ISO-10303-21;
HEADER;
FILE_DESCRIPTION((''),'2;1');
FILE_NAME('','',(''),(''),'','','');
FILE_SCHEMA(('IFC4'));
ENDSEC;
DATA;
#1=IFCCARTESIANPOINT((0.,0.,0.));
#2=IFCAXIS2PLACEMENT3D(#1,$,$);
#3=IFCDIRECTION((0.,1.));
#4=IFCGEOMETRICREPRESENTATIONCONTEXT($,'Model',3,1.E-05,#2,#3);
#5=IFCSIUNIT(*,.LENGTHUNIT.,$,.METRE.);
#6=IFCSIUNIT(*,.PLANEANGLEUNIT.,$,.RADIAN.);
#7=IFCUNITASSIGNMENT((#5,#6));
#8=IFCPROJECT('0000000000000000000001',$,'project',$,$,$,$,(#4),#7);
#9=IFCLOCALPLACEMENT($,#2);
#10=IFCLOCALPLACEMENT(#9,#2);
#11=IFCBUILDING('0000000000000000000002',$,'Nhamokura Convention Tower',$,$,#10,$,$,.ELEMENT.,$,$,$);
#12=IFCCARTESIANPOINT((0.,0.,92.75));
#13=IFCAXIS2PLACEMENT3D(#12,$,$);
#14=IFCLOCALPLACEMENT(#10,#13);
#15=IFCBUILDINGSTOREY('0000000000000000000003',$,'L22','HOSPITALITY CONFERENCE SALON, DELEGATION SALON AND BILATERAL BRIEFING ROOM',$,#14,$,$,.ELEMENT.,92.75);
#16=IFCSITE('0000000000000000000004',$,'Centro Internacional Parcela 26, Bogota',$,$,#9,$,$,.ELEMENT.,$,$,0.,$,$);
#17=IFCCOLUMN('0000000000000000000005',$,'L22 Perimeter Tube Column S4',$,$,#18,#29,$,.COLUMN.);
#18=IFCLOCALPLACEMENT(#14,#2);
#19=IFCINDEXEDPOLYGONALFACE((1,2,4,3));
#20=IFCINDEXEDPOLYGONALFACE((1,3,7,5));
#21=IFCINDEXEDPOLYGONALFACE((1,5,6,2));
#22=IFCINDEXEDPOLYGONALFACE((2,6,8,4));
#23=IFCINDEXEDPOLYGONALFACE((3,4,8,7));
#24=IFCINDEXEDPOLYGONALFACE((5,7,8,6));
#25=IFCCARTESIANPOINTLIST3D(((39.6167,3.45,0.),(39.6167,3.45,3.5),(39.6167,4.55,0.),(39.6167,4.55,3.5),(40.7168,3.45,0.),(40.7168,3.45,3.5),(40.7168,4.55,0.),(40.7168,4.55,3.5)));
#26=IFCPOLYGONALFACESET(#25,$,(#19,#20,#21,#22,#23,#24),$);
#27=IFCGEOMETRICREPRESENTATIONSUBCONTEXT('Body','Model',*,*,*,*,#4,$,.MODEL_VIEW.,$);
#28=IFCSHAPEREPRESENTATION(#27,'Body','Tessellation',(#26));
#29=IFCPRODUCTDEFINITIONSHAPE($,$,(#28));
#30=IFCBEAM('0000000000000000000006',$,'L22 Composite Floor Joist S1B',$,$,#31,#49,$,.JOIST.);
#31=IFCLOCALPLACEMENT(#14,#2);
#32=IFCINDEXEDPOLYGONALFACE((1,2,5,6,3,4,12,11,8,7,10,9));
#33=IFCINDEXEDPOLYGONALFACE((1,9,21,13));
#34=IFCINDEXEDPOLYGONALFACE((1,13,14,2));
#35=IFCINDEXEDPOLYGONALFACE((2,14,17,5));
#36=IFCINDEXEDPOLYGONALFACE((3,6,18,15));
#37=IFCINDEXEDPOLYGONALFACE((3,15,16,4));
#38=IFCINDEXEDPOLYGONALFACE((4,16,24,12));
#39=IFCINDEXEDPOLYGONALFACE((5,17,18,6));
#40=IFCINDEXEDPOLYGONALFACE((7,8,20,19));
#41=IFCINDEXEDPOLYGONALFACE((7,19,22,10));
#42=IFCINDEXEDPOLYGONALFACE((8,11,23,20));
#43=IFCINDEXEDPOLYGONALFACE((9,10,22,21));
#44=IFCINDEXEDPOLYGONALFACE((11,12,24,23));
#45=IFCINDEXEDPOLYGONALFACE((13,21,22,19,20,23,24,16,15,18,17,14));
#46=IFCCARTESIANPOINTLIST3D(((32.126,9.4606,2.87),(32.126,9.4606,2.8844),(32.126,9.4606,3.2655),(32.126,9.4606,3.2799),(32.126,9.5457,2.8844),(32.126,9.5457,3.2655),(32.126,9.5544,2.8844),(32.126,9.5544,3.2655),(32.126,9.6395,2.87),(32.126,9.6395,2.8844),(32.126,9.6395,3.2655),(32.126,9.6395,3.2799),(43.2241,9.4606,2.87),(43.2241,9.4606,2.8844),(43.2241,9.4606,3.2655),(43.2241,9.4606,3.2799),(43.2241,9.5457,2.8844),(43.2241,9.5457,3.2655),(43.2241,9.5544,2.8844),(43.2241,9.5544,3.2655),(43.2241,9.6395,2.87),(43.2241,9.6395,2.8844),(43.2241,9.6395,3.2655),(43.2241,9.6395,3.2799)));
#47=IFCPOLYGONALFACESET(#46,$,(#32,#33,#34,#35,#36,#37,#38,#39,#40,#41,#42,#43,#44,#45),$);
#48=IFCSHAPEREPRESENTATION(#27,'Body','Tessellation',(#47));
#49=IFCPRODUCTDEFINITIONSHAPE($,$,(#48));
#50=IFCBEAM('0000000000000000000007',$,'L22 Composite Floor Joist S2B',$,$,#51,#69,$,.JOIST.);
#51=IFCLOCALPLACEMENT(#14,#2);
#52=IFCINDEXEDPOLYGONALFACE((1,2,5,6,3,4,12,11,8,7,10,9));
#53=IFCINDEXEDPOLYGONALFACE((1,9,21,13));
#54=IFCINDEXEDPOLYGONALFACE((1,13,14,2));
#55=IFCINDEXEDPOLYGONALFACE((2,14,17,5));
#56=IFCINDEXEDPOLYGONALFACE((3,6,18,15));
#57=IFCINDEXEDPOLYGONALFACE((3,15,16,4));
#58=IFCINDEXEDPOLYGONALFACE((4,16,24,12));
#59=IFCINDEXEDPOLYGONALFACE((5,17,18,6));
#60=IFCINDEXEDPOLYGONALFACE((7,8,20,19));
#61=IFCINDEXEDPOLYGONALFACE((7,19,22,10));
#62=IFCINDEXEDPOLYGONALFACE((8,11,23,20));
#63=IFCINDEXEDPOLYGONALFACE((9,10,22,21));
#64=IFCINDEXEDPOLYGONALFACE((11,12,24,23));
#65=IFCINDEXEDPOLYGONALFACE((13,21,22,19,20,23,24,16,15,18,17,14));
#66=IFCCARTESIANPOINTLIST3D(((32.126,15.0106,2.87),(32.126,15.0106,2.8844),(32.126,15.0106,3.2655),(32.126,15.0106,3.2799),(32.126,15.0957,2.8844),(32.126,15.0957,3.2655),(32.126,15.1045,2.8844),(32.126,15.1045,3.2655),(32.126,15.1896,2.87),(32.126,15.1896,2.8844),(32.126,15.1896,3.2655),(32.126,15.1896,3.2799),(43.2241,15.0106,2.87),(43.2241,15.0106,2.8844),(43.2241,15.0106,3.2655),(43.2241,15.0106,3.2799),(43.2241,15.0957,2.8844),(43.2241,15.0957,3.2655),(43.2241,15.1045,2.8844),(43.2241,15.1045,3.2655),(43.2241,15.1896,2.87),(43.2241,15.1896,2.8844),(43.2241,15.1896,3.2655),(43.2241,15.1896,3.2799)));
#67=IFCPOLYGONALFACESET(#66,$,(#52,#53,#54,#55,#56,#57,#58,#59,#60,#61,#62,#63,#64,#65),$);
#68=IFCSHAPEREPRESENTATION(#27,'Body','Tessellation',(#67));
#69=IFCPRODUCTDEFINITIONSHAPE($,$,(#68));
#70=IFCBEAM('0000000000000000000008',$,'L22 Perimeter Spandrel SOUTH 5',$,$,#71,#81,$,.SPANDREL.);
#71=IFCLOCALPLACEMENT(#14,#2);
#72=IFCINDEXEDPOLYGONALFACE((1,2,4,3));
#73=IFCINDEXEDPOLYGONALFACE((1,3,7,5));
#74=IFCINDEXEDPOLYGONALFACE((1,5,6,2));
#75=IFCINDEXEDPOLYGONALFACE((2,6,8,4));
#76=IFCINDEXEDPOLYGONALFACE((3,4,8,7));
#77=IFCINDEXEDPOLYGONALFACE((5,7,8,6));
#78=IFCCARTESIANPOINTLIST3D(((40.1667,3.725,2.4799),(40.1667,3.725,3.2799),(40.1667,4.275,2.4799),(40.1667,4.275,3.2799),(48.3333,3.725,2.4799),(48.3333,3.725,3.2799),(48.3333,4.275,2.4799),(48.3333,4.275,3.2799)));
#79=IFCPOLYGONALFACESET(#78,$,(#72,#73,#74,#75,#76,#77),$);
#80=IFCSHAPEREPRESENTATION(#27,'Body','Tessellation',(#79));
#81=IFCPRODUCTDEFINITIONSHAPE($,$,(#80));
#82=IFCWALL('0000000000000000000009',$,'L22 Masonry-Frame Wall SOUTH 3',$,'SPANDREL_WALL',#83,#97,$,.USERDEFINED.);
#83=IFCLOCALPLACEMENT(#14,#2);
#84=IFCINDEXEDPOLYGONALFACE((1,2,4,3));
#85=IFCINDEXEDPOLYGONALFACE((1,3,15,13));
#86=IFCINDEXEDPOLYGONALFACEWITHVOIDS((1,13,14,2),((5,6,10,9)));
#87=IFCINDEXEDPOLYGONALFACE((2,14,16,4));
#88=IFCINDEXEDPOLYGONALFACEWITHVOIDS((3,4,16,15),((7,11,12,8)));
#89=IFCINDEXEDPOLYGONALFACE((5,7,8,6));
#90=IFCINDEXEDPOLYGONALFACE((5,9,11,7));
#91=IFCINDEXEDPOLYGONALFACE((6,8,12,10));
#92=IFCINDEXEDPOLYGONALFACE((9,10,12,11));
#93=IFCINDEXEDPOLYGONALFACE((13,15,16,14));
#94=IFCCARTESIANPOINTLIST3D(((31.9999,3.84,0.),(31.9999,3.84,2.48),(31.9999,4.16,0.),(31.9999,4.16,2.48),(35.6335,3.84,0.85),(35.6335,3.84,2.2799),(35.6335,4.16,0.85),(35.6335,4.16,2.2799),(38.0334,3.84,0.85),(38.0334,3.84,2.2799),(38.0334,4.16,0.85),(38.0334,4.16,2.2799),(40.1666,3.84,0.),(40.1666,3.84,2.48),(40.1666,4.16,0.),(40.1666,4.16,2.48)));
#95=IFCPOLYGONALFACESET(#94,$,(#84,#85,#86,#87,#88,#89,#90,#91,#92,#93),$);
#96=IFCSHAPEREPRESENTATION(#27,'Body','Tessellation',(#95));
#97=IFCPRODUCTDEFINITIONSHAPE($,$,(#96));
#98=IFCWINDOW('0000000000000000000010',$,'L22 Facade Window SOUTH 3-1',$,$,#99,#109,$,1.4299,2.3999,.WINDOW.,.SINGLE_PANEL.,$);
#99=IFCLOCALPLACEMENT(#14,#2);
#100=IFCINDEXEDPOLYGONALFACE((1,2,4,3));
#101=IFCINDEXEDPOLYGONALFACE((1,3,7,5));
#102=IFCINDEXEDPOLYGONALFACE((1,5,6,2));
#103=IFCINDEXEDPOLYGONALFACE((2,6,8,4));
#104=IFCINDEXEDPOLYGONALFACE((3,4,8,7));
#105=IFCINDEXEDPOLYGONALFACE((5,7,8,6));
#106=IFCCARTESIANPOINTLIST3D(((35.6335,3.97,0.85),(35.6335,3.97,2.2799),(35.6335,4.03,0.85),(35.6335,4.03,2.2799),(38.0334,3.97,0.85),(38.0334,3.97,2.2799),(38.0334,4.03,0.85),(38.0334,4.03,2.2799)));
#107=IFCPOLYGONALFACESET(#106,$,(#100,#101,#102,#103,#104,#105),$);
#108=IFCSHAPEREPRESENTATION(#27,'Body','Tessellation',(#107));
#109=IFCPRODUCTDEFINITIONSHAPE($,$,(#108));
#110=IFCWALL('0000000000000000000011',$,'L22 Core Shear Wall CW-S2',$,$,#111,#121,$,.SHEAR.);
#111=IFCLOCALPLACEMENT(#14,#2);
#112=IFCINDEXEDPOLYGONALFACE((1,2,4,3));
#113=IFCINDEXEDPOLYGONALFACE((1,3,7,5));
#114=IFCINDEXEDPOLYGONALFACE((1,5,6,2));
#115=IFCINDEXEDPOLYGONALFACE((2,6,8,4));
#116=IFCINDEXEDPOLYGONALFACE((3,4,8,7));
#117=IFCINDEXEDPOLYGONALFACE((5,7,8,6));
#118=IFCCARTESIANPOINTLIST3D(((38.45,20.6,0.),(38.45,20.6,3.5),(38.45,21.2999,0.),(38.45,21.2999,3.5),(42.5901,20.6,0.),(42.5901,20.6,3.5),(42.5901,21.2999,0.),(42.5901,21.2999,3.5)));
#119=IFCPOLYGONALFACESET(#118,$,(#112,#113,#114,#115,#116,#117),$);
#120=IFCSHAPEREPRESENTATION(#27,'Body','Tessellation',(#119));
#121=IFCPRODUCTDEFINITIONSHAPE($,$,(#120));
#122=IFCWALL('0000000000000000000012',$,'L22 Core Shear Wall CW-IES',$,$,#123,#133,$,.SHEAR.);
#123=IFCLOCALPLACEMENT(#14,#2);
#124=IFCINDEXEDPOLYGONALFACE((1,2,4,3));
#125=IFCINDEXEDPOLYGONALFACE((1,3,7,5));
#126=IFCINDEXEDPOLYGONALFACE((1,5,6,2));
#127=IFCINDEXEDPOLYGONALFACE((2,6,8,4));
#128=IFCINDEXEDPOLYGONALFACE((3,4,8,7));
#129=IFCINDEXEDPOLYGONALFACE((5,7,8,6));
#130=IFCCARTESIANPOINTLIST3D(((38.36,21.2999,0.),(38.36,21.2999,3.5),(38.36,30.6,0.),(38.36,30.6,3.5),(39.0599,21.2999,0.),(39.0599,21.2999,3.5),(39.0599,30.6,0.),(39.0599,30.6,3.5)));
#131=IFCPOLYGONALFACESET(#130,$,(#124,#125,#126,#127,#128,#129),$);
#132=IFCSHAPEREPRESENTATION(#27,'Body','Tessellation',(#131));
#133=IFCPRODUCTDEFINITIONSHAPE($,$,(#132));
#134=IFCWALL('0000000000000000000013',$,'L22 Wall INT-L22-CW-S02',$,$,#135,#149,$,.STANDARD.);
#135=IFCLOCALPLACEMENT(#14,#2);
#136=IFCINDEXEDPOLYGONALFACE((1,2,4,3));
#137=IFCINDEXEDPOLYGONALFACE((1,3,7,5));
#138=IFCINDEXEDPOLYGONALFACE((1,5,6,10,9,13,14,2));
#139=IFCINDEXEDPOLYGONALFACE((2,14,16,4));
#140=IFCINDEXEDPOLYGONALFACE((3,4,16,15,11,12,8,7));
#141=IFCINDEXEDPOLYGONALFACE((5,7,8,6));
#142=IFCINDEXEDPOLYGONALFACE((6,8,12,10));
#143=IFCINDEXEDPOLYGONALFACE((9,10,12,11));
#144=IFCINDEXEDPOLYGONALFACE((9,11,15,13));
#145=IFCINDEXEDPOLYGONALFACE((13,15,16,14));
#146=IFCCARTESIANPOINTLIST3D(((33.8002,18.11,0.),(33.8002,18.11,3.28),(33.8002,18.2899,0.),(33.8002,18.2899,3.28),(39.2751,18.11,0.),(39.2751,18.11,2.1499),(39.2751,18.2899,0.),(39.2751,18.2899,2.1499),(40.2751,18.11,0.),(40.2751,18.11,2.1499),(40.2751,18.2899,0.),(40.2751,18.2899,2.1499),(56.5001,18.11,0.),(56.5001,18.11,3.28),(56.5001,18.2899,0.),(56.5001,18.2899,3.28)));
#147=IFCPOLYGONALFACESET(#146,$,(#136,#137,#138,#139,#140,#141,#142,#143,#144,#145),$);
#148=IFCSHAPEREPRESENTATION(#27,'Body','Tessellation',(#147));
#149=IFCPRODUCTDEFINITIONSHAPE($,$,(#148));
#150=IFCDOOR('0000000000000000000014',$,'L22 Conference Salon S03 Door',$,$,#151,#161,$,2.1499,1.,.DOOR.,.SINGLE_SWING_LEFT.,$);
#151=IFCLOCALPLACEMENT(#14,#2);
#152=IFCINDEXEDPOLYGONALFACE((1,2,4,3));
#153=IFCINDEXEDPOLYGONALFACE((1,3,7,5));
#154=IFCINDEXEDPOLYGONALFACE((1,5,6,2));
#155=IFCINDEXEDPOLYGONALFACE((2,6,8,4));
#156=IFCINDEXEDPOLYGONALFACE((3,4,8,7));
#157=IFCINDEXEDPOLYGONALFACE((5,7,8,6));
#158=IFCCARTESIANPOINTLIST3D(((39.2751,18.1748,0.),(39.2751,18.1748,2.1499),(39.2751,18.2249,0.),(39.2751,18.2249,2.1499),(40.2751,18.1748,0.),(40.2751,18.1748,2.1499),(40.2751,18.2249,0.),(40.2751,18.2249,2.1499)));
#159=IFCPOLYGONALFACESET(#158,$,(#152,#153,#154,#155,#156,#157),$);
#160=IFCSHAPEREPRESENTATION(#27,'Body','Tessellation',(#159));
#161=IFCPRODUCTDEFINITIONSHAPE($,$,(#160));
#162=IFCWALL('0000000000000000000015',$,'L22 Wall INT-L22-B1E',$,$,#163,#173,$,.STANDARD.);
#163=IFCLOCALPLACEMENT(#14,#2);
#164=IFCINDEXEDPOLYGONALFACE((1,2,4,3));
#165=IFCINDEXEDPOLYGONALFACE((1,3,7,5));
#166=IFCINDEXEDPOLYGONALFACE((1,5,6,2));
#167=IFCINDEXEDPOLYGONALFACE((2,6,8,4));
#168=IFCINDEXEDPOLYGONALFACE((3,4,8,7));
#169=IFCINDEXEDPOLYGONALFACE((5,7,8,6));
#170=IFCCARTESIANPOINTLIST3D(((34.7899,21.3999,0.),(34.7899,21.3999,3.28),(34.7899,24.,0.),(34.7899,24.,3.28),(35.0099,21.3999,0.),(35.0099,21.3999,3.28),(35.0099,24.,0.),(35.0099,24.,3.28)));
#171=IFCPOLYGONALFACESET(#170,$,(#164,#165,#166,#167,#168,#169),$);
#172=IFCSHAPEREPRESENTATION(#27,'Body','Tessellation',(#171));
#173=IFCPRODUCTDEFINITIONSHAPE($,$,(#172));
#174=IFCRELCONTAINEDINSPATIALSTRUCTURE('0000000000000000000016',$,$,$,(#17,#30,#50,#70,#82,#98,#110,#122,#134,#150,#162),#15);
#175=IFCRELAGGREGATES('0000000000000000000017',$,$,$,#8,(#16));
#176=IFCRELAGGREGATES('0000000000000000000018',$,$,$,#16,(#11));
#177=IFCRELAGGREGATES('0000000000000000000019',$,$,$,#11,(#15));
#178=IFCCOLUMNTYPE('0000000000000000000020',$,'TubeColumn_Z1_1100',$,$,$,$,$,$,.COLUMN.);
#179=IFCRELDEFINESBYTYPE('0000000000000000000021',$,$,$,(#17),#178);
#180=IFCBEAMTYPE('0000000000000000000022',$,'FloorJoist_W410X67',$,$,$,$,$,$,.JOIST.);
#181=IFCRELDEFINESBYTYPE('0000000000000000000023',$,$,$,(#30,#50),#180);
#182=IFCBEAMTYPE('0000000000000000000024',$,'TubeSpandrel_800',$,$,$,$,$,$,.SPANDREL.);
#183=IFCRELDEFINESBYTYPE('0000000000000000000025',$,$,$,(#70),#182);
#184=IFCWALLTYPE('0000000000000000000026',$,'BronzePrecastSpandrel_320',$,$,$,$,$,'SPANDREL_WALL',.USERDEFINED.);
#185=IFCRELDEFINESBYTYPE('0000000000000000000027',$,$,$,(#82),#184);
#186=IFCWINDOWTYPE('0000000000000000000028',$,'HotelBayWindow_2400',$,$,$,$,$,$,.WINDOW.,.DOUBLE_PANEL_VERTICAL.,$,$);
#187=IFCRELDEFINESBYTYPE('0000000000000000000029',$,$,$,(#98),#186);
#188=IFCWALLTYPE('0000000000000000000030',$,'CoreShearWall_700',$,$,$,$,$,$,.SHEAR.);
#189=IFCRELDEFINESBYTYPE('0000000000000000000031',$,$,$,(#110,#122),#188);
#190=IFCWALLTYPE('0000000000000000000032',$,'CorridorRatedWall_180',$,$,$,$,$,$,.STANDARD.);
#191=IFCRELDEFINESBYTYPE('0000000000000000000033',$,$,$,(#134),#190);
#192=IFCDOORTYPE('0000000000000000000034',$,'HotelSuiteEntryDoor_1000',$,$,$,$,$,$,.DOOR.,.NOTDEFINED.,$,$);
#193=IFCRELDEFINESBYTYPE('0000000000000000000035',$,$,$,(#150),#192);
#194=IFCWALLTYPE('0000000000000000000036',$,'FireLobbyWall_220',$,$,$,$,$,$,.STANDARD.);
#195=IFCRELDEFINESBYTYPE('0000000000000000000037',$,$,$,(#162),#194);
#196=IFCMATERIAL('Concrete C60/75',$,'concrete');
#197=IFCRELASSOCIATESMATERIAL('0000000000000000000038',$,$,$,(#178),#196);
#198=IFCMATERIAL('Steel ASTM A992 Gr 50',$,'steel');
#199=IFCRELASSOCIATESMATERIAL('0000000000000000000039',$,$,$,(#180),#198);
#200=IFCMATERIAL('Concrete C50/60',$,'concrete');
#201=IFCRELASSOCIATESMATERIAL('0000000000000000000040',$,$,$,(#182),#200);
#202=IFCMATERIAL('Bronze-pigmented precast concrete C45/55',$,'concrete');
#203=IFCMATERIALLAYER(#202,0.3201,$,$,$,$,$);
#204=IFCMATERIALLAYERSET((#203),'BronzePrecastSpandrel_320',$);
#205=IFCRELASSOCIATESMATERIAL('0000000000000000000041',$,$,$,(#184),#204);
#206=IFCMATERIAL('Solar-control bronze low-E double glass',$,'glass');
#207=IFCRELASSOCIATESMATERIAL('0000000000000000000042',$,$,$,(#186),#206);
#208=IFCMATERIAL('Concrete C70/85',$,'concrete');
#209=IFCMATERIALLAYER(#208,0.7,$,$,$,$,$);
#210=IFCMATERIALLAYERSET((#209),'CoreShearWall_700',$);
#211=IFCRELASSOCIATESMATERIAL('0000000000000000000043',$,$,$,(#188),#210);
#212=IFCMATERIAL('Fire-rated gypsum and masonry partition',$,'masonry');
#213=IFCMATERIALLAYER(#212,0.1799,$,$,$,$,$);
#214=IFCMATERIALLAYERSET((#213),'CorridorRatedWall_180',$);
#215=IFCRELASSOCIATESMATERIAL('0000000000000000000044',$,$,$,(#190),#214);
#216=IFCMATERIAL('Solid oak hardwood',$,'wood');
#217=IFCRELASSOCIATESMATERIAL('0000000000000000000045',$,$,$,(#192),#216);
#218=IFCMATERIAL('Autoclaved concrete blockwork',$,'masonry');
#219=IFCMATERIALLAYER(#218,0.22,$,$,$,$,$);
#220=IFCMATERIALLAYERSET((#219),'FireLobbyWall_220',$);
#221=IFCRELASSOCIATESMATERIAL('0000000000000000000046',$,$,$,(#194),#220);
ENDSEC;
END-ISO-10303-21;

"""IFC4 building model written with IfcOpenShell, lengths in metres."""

from ifc_helpers import new_model, si_unit, direction, frame, frame_2d, origin, origin_2d, place, context, subcontext, project, spatial, rectangle, i_section, extrude, material, layer, layer_set, material_profile, profile_set, type_object, element, fill, save


model = new_model("IFC4")

# Units and contexts
model_context = context("Model", 3, precision=1e-05, world=origin(), true_north=direction((0.0, 1.0)))
body_context = subcontext(model_context, "Body", "Model", "MODEL_VIEW")
ifc_project = project(units=[si_unit("LENGTHUNIT", "METRE"), si_unit("PLANEANGLEUNIT", "RADIAN")], contexts=[model_context])

# Site, building, storey
site_placement = place(None, origin())
site = spatial("IfcSite", under=ifc_project, at=site_placement, Name="Centro Internacional Parcela 26, Bogota", CompositionType="ELEMENT", RefElevation=0.0)
building_placement = place(site_placement, origin())
building = spatial("IfcBuilding", under=site, at=building_placement, Name="Nhamokura Convention Tower", CompositionType="ELEMENT")
storey_placement = place(building_placement, frame((0.0, 0.0, 92.75)))
storey = spatial("IfcBuildingStorey", under=building, at=storey_placement, Name="L22", Description="HOSPITALITY CONFERENCE SALON, DELEGATION SALON AND BILATERAL BRIEFING ROOM", CompositionType="ELEMENT", Elevation=92.75)

# Column
ifc_material_1 = material(Name="Concrete C60/75", Category="concrete")
ifc_material_profile_1 = material_profile(ifc_material_1, rectangle(XDim=1.1001, YDim=1.1001, at=origin_2d()))
ifc_profile_set_1 = profile_set([ifc_material_profile_1], Name="Concrete C60/75")
column_type = type_object("IfcColumnType", Name="TubeColumn_Z1_1100", PredefinedType="COLUMN", material=ifc_profile_set_1)
column_placement = place(storey_placement, frame((40.1667, 4.0, 0.0), z_axis=(0.0, 0.0, 1.0), x_axis=(1.0, 0.0, 0.0)))
element("IfcColumn", 1, at=column_placement, inside=storey, type_object=column_type, Name="L22 Perimeter Tube Column S4", PredefinedType="COLUMN", context=body_context, shape_type="SweptSolid", body=[
    extrude(rectangle(XDim=1.1001, YDim=1.1001, at=origin_2d()), origin(), (0.0, 0.0, 1.0), 3.5),
])

# Beams
ifc_material_2 = material(Name="Steel ASTM A992 Gr 50", Category="steel")
ifc_material_profile_2 = material_profile(ifc_material_2, i_section(OverallWidth=0.179, OverallDepth=0.4099, WebThickness=0.0088, FlangeThickness=0.0144, at=origin_2d()))
ifc_profile_set_2 = profile_set([ifc_material_profile_2], Name="Steel ASTM A992 Gr 50")
beam_type_1 = type_object("IfcBeamType", Name="FloorJoist_W410X67", PredefinedType="JOIST", material=ifc_profile_set_2)
for number, where, z_axis, x_axis, name in (
    (2, (32.126, 9.55, 3.075), (1.0, 0.0, 0.0), (0.0, 1.0, 0.0), "L22 Composite Floor Joist S1B"),
    (3, (32.126, 15.1001, 3.075), (1.0, 0.0, 0.0), (0.0, 1.0, 0.0), "L22 Composite Floor Joist S2B"),
):
    element("IfcBeam", number, at=place(storey_placement, frame(where, z_axis=z_axis, x_axis=x_axis)), inside=storey, type_object=beam_type_1, Name=name, PredefinedType="JOIST", context=body_context, shape_type="SweptSolid", body=[
        extrude(i_section(OverallWidth=0.179, OverallDepth=0.4099, WebThickness=0.0088, FlangeThickness=0.0144, at=origin_2d()), origin(), (0.0, 0.0, 1.0), 11.0981),
    ])
ifc_material_3 = material(Name="Concrete C50/60", Category="concrete")
ifc_material_profile_3 = material_profile(ifc_material_3, rectangle(XDim=0.55, YDim=0.8, at=origin_2d()))
ifc_profile_set_3 = profile_set([ifc_material_profile_3], Name="Concrete C50/60")
beam_type_2 = type_object("IfcBeamType", Name="TubeSpandrel_800", PredefinedType="SPANDREL", material=ifc_profile_set_3)
beam_placement = place(storey_placement, frame((40.1667, 4.0, 2.8799), z_axis=(1.0, 0.0, 0.0), x_axis=(0.0, 1.0, 0.0)))
element("IfcBeam", 4, at=beam_placement, inside=storey, type_object=beam_type_2, Name="L22 Perimeter Spandrel SOUTH 5", PredefinedType="SPANDREL", context=body_context, shape_type="SweptSolid", body=[
    extrude(rectangle(XDim=0.55, YDim=0.8, at=origin_2d()), origin(), (0.0, 0.0, 1.0), 8.1665),
])

# Wall, opening, window
ifc_material_4 = material(Name="Bronze-pigmented precast concrete C45/55", Category="concrete")
ifc_layer_1 = layer(ifc_material_4, 0.3201)
ifc_layer_set_1 = layer_set([ifc_layer_1], Name="BronzePrecastSpandrel_320")
wall_type_1 = type_object("IfcWallType", Name="BronzePrecastSpandrel_320", ElementType="SPANDREL_WALL", PredefinedType="USERDEFINED", material=ifc_layer_set_1)
wall_1_placement = place(storey_placement, frame((40.1667, 4.0, 0.0), z_axis=(0.0, 0.0, 1.0), x_axis=(-1.0, 0.0, 0.0)))
wall_1 = element("IfcWall", 5, at=wall_1_placement, inside=storey, type_object=wall_type_1, Name="L22 Masonry-Frame Wall SOUTH 3", ObjectType="SPANDREL_WALL", PredefinedType="USERDEFINED", context=body_context, shape_type="SweptSolid", body=[
    extrude(rectangle(XDim=8.1667, YDim=0.3201, at=frame_2d((4.0835, 0.0))), origin(), (0.0, 0.0, 1.0), 2.48),
])
opening_1_placement = place(wall_1_placement, frame((2.1333, 0.0, 0.8501)))
opening_1 = element("IfcOpeningElement", 6, at=opening_1_placement, cuts=wall_1, PredefinedType="OPENING", context=body_context, shape_type="SweptSolid", body=[
    extrude(rectangle(XDim=2.3999, YDim=1.4299, at=frame_2d((1.2, 0.7148))), frame((0.0, 0.1699, 0.0), z_axis=(0.0, -1.0, 0.0), x_axis=(1.0, 0.0, 0.0)), (0.0, 0.0, 1.0), 0.3401),
])
ifc_material_5 = material(Name="Solar-control bronze low-E double glass", Category="glass")
window_type = type_object("IfcWindowType", Name="HotelBayWindow_2400", PartitioningType="DOUBLE_PANEL_VERTICAL", PredefinedType="WINDOW", material=ifc_material_5)
window_placement = place(opening_1_placement, origin())
window = element("IfcWindow", 7, at=window_placement, inside=storey, type_object=window_type, Name="L22 Facade Window SOUTH 3-1", OverallHeight=1.4299, OverallWidth=2.3999, PartitioningType="SINGLE_PANEL", PredefinedType="WINDOW", context=body_context, shape_type="SweptSolid", body=[
    extrude(rectangle(XDim=2.3999, YDim=1.4299, at=frame_2d((1.2, 0.7148))), frame((0.0, 0.03, 0.0), z_axis=(0.0, -1.0, 0.0), x_axis=(1.0, 0.0, 0.0)), (0.0, 0.0, 1.0), 0.0601),
])
fill(opening_1, window)

# Shared definitions
ifc_material_6 = material(Name="Concrete C70/85", Category="concrete")
ifc_layer_2 = layer(ifc_material_6, 0.7)
ifc_layer_set_2 = layer_set([ifc_layer_2], Name="CoreShearWall_700")
wall_type_2 = type_object("IfcWallType", Name="CoreShearWall_700", PredefinedType="SHEAR", material=ifc_layer_set_2)

# Walls
wall_2_placement = place(storey_placement, frame((38.45, 20.95, 0.0), z_axis=(0.0, 0.0, 1.0), x_axis=(1.0, 0.0, 0.0)))
element("IfcWall", 8, at=wall_2_placement, inside=storey, type_object=wall_type_2, Name="L22 Core Shear Wall CW-S2", PredefinedType="SHEAR", context=body_context, shape_type="SweptSolid", body=[
    extrude(rectangle(XDim=4.1401, YDim=0.7, at=frame_2d((2.0701, 0.0))), origin(), (0.0, 0.0, 1.0), 3.5),
])
wall_3_placement = place(storey_placement, frame((38.71, 21.3, 0.0), z_axis=(0.0, 0.0, 1.0), x_axis=(0.0, 1.0, 0.0)))
element("IfcWall", 9, at=wall_3_placement, inside=storey, type_object=wall_type_2, Name="L22 Core Shear Wall CW-IES", PredefinedType="SHEAR", context=body_context, shape_type="SweptSolid", body=[
    extrude(rectangle(XDim=9.3, YDim=0.7, at=frame_2d((4.6499, 0.0))), origin(), (0.0, 0.0, 1.0), 3.5),
])

# Wall, opening, door
ifc_material_7 = material(Name="Fire-rated gypsum and masonry partition", Category="masonry")
ifc_layer_3 = layer(ifc_material_7, 0.1799)
ifc_layer_set_3 = layer_set([ifc_layer_3], Name="CorridorRatedWall_180")
wall_type_3 = type_object("IfcWallType", Name="CorridorRatedWall_180", PredefinedType="STANDARD", material=ifc_layer_set_3)
wall_4_placement = place(storey_placement, frame((33.8, 18.2, 0.0), z_axis=(0.0, 0.0, 1.0), x_axis=(1.0, 0.0, 0.0)))
wall_4 = element("IfcWall", 10, at=wall_4_placement, inside=storey, type_object=wall_type_3, Name="L22 Wall INT-L22-CW-S02", PredefinedType="STANDARD", context=body_context, shape_type="SweptSolid", body=[
    extrude(rectangle(XDim=22.7, YDim=0.1799, at=frame_2d((11.3501, 0.0))), origin(), (0.0, 0.0, 1.0), 3.28),
])
opening_2_placement = place(wall_4_placement, frame((5.4751, 0.0, 0.0)))
opening_2 = element("IfcOpeningElement", 11, at=opening_2_placement, cuts=wall_4, PredefinedType="OPENING", context=body_context, shape_type="SweptSolid", body=[
    extrude(rectangle(XDim=1.0, YDim=2.1499, at=frame_2d((0.5, 1.075))), frame((0.0, 0.0999, 0.0), z_axis=(0.0, -1.0, 0.0), x_axis=(1.0, 0.0, 0.0)), (0.0, 0.0, 1.0), 0.2),
])
ifc_material_8 = material(Name="Solid oak hardwood", Category="wood")
door_type_1 = type_object("IfcDoorType", Name="HotelSuiteEntryDoor_1000", OperationType="NOTDEFINED", PredefinedType="DOOR", material=ifc_material_8)
door_1_placement = place(opening_2_placement, origin())
door_1 = element("IfcDoor", 12, at=door_1_placement, inside=storey, type_object=door_type_1, Name="L22 Conference Salon S03 Door", OperationType="SINGLE_SWING_LEFT", OverallHeight=2.1499, OverallWidth=1.0, PredefinedType="DOOR", context=body_context, shape_type="SweptSolid", body=[
    extrude(rectangle(XDim=1.0, YDim=2.1499, at=frame_2d((0.5, 1.075))), frame((0.0, 0.0249, 0.0), z_axis=(0.0, -1.0, 0.0), x_axis=(1.0, 0.0, 0.0)), (0.0, 0.0, 1.0), 0.05),
])
fill(opening_2, door_1)
ifc_material_9 = material(Name="Autoclaved concrete blockwork", Category="masonry")
ifc_layer_4 = layer(ifc_material_9, 0.22)
ifc_layer_set_4 = layer_set([ifc_layer_4], Name="FireLobbyWall_220")
wall_type_4 = type_object("IfcWallType", Name="FireLobbyWall_220", PredefinedType="STANDARD", material=ifc_layer_set_4)

# Wall
wall_5_placement = place(storey_placement, frame((34.8999, 21.3999, 0.0), z_axis=(0.0, 0.0, 1.0), x_axis=(0.0, 1.0, 0.0)))
element("IfcWall", 13, at=wall_5_placement, inside=storey, type_object=wall_type_4, Name="L22 Wall INT-L22-B1E", PredefinedType="STANDARD", context=body_context, shape_type="SweptSolid", body=[
    extrude(rectangle(XDim=2.6001, YDim=0.22, at=frame_2d((1.3, 0.0))), origin(), (0.0, 0.0, 1.0), 3.28),
])

save(model, "model.ifc")
